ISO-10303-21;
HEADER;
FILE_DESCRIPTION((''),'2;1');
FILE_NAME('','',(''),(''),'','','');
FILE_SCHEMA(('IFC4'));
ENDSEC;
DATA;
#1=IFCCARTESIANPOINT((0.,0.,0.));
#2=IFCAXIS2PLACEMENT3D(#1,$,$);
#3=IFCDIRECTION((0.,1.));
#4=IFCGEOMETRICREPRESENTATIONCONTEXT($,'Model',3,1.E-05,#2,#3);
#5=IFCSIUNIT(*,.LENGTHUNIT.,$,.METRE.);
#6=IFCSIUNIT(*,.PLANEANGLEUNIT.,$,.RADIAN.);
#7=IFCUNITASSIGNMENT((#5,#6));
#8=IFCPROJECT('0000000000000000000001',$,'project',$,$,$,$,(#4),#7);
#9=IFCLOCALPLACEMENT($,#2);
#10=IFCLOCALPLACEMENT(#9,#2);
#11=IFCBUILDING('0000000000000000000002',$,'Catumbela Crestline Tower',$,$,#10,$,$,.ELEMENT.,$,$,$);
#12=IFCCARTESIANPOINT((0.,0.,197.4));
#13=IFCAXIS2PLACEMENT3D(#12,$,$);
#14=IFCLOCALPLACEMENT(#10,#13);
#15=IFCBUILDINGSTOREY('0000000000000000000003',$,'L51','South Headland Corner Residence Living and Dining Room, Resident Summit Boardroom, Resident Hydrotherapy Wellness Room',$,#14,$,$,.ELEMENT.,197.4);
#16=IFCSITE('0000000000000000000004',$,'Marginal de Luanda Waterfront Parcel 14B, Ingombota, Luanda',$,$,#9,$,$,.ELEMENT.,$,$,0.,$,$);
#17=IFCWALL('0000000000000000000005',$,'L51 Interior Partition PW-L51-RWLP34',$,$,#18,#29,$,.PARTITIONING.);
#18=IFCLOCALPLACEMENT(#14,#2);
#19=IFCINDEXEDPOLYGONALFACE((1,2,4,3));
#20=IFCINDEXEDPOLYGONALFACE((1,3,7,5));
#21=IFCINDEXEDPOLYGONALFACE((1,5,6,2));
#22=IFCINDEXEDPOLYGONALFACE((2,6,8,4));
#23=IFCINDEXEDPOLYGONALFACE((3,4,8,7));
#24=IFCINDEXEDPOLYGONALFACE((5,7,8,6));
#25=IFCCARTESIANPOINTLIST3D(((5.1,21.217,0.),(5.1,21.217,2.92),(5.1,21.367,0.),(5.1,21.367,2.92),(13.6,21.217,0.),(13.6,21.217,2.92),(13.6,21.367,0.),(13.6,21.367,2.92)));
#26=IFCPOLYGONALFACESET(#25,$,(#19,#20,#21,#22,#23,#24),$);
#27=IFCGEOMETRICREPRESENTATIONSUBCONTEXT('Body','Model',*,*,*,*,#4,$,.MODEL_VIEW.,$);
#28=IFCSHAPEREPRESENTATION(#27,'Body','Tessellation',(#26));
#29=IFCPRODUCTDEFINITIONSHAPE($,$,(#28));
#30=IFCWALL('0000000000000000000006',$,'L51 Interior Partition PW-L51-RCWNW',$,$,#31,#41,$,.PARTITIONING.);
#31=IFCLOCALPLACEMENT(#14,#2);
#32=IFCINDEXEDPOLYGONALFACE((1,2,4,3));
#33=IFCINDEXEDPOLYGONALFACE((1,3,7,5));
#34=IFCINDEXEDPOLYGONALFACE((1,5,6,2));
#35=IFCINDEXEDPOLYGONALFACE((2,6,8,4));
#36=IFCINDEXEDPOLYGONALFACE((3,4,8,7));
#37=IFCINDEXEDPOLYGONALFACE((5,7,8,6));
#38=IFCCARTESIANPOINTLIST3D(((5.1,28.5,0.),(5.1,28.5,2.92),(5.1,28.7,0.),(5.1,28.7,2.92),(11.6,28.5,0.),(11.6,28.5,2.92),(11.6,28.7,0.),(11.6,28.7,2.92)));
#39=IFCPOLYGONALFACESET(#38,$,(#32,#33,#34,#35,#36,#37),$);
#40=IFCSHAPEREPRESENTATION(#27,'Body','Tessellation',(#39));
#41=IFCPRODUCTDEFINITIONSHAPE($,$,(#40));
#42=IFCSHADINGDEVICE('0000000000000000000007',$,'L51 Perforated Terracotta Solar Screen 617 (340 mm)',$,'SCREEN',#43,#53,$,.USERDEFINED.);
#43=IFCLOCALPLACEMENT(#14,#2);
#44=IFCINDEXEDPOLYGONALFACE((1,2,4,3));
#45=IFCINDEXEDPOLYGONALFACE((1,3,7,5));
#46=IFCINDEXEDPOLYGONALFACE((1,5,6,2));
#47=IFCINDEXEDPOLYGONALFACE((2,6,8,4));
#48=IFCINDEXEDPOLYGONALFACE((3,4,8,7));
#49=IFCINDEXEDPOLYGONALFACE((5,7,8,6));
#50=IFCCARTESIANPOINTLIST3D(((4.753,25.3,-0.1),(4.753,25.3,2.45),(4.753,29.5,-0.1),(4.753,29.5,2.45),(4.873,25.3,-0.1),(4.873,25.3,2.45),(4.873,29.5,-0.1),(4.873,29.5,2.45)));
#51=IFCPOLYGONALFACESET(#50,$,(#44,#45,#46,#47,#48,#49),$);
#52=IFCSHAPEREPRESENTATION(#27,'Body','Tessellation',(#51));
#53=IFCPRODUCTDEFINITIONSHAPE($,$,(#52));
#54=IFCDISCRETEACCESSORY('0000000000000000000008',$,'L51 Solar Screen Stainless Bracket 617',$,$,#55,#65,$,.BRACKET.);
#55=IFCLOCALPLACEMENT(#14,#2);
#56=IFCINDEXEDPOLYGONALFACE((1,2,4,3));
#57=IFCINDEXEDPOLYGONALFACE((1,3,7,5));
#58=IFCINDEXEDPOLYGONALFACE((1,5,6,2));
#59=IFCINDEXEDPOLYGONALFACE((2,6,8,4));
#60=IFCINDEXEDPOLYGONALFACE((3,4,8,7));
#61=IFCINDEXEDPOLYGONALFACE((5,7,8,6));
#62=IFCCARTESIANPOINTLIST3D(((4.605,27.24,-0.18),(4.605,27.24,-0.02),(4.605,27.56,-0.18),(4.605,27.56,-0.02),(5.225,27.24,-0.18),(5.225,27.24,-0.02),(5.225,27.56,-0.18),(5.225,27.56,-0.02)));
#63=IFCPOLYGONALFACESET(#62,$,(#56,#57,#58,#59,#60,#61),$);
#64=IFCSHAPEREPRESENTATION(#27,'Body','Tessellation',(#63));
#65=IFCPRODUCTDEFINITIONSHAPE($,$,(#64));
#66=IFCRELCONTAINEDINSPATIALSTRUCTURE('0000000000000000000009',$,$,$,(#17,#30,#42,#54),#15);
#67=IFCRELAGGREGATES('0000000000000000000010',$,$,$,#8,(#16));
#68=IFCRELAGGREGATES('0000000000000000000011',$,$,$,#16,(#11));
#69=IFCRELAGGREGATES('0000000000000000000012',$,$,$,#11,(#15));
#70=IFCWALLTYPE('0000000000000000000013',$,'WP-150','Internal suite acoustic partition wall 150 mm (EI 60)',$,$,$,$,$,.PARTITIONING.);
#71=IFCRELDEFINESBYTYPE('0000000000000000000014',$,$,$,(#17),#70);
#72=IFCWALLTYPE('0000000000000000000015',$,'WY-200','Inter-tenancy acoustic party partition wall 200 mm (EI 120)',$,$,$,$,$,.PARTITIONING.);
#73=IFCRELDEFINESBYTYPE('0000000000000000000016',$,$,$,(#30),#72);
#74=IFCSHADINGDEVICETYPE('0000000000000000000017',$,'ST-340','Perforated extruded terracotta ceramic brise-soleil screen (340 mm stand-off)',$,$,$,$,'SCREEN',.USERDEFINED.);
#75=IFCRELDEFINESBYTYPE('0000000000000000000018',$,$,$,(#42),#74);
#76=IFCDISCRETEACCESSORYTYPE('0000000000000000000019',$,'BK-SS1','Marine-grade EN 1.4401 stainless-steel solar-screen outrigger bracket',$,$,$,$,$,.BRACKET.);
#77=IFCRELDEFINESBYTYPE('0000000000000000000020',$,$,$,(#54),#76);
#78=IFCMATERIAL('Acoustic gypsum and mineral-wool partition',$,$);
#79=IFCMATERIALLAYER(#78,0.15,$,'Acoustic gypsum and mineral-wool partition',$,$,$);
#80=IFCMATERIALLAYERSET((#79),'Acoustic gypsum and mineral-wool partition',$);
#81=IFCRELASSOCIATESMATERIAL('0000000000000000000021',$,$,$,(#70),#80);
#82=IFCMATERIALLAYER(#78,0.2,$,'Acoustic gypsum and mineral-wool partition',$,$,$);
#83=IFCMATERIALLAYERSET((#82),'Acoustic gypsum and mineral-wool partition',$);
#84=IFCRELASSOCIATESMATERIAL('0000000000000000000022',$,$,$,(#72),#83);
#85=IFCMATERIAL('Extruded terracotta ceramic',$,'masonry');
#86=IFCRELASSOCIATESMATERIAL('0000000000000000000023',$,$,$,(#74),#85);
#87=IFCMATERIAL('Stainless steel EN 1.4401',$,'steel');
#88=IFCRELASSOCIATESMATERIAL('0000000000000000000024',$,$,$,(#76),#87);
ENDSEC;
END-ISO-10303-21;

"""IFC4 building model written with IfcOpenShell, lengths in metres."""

from ifc_helpers import new_model, si_unit, direction, frame, frame_2d, origin, origin_2d, place, context, subcontext, project, spatial, rectangle, extrude, material, layer, layer_set, type_object, element, save


model = new_model("IFC4")

# Units and contexts
model_context = context("Model", 3, precision=1e-05, world=origin(), true_north=direction((0.0, 1.0)))
body_context = subcontext(model_context, "Body", "Model", "MODEL_VIEW")
ifc_project = project(units=[si_unit("LENGTHUNIT", "METRE"), si_unit("PLANEANGLEUNIT", "RADIAN")], contexts=[model_context])

# Site, building, storey
site_placement = place(None, origin())
site = spatial("IfcSite", under=ifc_project, at=site_placement, Name="Marginal de Luanda Waterfront Parcel 14B, Ingombota, Luanda", CompositionType="ELEMENT", RefElevation=0.0)
building_placement = place(site_placement, origin())
building = spatial("IfcBuilding", under=site, at=building_placement, Name="Catumbela Crestline Tower", CompositionType="ELEMENT")
storey_placement = place(building_placement, frame((0.0, 0.0, 197.4)))
storey = spatial("IfcBuildingStorey", under=building, at=storey_placement, Name="L51", Description="South Headland Corner Residence Living and Dining Room, Resident Summit Boardroom, Resident Hydrotherapy Wellness Room", CompositionType="ELEMENT", Elevation=197.4)

# Walls
ifc_material_1 = material(Name="Acoustic gypsum and mineral-wool partition")
ifc_layer_1 = layer(ifc_material_1, 0.15, Name="Acoustic gypsum and mineral-wool partition")
ifc_layer_set_1 = layer_set([ifc_layer_1], Name="Acoustic gypsum and mineral-wool partition")
wall_type_1 = type_object("IfcWallType", Name="WP-150", Description="Internal suite acoustic partition wall 150 mm (EI 60)", PredefinedType="PARTITIONING", material=ifc_layer_set_1)
wall_1_placement = place(storey_placement, frame((5.1, 21.292, 0.0), z_axis=(0.0, 0.0, 1.0), x_axis=(1.0, 0.0, 0.0)))
element("IfcWall", 1, at=wall_1_placement, inside=storey, type_object=wall_type_1, Name="L51 Interior Partition PW-L51-RWLP34", PredefinedType="PARTITIONING", context=body_context, shape_type="SweptSolid", body=[
    extrude(rectangle(XDim=8.5, YDim=0.15, at=frame_2d((4.25, 0.0))), origin(), (0.0, 0.0, 1.0), 2.92),
])
ifc_layer_2 = layer(ifc_material_1, 0.2, Name="Acoustic gypsum and mineral-wool partition")
ifc_layer_set_2 = layer_set([ifc_layer_2], Name="Acoustic gypsum and mineral-wool partition")
wall_type_2 = type_object("IfcWallType", Name="WY-200", Description="Inter-tenancy acoustic party partition wall 200 mm (EI 120)", PredefinedType="PARTITIONING", material=ifc_layer_set_2)
wall_2_placement = place(storey_placement, frame((5.1, 28.6, 0.0), z_axis=(0.0, 0.0, 1.0), x_axis=(1.0, 0.0, 0.0)))
element("IfcWall", 2, at=wall_2_placement, inside=storey, type_object=wall_type_2, Name="L51 Interior Partition PW-L51-RCWNW", PredefinedType="PARTITIONING", context=body_context, shape_type="SweptSolid", body=[
    extrude(rectangle(XDim=6.5, YDim=0.2, at=frame_2d((3.25, 0.0))), origin(), (0.0, 0.0, 1.0), 2.92),
])

# Shading device
ifc_material_2 = material(Name="Extruded terracotta ceramic", Category="masonry")
shading_device_type = type_object("IfcShadingDeviceType", Name="ST-340", Description="Perforated extruded terracotta ceramic brise-soleil screen (340 mm stand-off)", ElementType="SCREEN", PredefinedType="USERDEFINED", material=ifc_material_2)
shading_device_placement = place(storey_placement, frame((4.813, 27.4, -0.1), z_axis=(0.0, 0.0, 1.0), x_axis=(0.0, -1.0, 0.0)))
element("IfcShadingDevice", 3, at=shading_device_placement, inside=storey, type_object=shading_device_type, Name="L51 Perforated Terracotta Solar Screen 617 (340 mm)", ObjectType="SCREEN", PredefinedType="USERDEFINED", context=body_context, shape_type="SweptSolid", body=[
    extrude(rectangle(XDim=4.2, YDim=0.12, at=origin_2d()), origin(), (0.0, 0.0, 1.0), 2.55),
])

# Discrete accessory
ifc_material_3 = material(Name="Stainless steel EN 1.4401", Category="steel")
discrete_accessory_type = type_object("IfcDiscreteAccessoryType", Name="BK-SS1", Description="Marine-grade EN 1.4401 stainless-steel solar-screen outrigger bracket", PredefinedType="BRACKET", material=ifc_material_3)
discrete_accessory_placement = place(storey_placement, frame((4.915, 27.4, -0.18), z_axis=(0.0, 0.0, 1.0), x_axis=(0.0, -1.0, 0.0)))
element("IfcDiscreteAccessory", 4, at=discrete_accessory_placement, inside=storey, type_object=discrete_accessory_type, Name="L51 Solar Screen Stainless Bracket 617", PredefinedType="BRACKET", context=body_context, shape_type="SweptSolid", body=[
    extrude(rectangle(XDim=0.32, YDim=0.62, at=origin_2d()), origin(), (0.0, 0.0, 1.0), 0.16),
])

save(model, "model.ifc")
